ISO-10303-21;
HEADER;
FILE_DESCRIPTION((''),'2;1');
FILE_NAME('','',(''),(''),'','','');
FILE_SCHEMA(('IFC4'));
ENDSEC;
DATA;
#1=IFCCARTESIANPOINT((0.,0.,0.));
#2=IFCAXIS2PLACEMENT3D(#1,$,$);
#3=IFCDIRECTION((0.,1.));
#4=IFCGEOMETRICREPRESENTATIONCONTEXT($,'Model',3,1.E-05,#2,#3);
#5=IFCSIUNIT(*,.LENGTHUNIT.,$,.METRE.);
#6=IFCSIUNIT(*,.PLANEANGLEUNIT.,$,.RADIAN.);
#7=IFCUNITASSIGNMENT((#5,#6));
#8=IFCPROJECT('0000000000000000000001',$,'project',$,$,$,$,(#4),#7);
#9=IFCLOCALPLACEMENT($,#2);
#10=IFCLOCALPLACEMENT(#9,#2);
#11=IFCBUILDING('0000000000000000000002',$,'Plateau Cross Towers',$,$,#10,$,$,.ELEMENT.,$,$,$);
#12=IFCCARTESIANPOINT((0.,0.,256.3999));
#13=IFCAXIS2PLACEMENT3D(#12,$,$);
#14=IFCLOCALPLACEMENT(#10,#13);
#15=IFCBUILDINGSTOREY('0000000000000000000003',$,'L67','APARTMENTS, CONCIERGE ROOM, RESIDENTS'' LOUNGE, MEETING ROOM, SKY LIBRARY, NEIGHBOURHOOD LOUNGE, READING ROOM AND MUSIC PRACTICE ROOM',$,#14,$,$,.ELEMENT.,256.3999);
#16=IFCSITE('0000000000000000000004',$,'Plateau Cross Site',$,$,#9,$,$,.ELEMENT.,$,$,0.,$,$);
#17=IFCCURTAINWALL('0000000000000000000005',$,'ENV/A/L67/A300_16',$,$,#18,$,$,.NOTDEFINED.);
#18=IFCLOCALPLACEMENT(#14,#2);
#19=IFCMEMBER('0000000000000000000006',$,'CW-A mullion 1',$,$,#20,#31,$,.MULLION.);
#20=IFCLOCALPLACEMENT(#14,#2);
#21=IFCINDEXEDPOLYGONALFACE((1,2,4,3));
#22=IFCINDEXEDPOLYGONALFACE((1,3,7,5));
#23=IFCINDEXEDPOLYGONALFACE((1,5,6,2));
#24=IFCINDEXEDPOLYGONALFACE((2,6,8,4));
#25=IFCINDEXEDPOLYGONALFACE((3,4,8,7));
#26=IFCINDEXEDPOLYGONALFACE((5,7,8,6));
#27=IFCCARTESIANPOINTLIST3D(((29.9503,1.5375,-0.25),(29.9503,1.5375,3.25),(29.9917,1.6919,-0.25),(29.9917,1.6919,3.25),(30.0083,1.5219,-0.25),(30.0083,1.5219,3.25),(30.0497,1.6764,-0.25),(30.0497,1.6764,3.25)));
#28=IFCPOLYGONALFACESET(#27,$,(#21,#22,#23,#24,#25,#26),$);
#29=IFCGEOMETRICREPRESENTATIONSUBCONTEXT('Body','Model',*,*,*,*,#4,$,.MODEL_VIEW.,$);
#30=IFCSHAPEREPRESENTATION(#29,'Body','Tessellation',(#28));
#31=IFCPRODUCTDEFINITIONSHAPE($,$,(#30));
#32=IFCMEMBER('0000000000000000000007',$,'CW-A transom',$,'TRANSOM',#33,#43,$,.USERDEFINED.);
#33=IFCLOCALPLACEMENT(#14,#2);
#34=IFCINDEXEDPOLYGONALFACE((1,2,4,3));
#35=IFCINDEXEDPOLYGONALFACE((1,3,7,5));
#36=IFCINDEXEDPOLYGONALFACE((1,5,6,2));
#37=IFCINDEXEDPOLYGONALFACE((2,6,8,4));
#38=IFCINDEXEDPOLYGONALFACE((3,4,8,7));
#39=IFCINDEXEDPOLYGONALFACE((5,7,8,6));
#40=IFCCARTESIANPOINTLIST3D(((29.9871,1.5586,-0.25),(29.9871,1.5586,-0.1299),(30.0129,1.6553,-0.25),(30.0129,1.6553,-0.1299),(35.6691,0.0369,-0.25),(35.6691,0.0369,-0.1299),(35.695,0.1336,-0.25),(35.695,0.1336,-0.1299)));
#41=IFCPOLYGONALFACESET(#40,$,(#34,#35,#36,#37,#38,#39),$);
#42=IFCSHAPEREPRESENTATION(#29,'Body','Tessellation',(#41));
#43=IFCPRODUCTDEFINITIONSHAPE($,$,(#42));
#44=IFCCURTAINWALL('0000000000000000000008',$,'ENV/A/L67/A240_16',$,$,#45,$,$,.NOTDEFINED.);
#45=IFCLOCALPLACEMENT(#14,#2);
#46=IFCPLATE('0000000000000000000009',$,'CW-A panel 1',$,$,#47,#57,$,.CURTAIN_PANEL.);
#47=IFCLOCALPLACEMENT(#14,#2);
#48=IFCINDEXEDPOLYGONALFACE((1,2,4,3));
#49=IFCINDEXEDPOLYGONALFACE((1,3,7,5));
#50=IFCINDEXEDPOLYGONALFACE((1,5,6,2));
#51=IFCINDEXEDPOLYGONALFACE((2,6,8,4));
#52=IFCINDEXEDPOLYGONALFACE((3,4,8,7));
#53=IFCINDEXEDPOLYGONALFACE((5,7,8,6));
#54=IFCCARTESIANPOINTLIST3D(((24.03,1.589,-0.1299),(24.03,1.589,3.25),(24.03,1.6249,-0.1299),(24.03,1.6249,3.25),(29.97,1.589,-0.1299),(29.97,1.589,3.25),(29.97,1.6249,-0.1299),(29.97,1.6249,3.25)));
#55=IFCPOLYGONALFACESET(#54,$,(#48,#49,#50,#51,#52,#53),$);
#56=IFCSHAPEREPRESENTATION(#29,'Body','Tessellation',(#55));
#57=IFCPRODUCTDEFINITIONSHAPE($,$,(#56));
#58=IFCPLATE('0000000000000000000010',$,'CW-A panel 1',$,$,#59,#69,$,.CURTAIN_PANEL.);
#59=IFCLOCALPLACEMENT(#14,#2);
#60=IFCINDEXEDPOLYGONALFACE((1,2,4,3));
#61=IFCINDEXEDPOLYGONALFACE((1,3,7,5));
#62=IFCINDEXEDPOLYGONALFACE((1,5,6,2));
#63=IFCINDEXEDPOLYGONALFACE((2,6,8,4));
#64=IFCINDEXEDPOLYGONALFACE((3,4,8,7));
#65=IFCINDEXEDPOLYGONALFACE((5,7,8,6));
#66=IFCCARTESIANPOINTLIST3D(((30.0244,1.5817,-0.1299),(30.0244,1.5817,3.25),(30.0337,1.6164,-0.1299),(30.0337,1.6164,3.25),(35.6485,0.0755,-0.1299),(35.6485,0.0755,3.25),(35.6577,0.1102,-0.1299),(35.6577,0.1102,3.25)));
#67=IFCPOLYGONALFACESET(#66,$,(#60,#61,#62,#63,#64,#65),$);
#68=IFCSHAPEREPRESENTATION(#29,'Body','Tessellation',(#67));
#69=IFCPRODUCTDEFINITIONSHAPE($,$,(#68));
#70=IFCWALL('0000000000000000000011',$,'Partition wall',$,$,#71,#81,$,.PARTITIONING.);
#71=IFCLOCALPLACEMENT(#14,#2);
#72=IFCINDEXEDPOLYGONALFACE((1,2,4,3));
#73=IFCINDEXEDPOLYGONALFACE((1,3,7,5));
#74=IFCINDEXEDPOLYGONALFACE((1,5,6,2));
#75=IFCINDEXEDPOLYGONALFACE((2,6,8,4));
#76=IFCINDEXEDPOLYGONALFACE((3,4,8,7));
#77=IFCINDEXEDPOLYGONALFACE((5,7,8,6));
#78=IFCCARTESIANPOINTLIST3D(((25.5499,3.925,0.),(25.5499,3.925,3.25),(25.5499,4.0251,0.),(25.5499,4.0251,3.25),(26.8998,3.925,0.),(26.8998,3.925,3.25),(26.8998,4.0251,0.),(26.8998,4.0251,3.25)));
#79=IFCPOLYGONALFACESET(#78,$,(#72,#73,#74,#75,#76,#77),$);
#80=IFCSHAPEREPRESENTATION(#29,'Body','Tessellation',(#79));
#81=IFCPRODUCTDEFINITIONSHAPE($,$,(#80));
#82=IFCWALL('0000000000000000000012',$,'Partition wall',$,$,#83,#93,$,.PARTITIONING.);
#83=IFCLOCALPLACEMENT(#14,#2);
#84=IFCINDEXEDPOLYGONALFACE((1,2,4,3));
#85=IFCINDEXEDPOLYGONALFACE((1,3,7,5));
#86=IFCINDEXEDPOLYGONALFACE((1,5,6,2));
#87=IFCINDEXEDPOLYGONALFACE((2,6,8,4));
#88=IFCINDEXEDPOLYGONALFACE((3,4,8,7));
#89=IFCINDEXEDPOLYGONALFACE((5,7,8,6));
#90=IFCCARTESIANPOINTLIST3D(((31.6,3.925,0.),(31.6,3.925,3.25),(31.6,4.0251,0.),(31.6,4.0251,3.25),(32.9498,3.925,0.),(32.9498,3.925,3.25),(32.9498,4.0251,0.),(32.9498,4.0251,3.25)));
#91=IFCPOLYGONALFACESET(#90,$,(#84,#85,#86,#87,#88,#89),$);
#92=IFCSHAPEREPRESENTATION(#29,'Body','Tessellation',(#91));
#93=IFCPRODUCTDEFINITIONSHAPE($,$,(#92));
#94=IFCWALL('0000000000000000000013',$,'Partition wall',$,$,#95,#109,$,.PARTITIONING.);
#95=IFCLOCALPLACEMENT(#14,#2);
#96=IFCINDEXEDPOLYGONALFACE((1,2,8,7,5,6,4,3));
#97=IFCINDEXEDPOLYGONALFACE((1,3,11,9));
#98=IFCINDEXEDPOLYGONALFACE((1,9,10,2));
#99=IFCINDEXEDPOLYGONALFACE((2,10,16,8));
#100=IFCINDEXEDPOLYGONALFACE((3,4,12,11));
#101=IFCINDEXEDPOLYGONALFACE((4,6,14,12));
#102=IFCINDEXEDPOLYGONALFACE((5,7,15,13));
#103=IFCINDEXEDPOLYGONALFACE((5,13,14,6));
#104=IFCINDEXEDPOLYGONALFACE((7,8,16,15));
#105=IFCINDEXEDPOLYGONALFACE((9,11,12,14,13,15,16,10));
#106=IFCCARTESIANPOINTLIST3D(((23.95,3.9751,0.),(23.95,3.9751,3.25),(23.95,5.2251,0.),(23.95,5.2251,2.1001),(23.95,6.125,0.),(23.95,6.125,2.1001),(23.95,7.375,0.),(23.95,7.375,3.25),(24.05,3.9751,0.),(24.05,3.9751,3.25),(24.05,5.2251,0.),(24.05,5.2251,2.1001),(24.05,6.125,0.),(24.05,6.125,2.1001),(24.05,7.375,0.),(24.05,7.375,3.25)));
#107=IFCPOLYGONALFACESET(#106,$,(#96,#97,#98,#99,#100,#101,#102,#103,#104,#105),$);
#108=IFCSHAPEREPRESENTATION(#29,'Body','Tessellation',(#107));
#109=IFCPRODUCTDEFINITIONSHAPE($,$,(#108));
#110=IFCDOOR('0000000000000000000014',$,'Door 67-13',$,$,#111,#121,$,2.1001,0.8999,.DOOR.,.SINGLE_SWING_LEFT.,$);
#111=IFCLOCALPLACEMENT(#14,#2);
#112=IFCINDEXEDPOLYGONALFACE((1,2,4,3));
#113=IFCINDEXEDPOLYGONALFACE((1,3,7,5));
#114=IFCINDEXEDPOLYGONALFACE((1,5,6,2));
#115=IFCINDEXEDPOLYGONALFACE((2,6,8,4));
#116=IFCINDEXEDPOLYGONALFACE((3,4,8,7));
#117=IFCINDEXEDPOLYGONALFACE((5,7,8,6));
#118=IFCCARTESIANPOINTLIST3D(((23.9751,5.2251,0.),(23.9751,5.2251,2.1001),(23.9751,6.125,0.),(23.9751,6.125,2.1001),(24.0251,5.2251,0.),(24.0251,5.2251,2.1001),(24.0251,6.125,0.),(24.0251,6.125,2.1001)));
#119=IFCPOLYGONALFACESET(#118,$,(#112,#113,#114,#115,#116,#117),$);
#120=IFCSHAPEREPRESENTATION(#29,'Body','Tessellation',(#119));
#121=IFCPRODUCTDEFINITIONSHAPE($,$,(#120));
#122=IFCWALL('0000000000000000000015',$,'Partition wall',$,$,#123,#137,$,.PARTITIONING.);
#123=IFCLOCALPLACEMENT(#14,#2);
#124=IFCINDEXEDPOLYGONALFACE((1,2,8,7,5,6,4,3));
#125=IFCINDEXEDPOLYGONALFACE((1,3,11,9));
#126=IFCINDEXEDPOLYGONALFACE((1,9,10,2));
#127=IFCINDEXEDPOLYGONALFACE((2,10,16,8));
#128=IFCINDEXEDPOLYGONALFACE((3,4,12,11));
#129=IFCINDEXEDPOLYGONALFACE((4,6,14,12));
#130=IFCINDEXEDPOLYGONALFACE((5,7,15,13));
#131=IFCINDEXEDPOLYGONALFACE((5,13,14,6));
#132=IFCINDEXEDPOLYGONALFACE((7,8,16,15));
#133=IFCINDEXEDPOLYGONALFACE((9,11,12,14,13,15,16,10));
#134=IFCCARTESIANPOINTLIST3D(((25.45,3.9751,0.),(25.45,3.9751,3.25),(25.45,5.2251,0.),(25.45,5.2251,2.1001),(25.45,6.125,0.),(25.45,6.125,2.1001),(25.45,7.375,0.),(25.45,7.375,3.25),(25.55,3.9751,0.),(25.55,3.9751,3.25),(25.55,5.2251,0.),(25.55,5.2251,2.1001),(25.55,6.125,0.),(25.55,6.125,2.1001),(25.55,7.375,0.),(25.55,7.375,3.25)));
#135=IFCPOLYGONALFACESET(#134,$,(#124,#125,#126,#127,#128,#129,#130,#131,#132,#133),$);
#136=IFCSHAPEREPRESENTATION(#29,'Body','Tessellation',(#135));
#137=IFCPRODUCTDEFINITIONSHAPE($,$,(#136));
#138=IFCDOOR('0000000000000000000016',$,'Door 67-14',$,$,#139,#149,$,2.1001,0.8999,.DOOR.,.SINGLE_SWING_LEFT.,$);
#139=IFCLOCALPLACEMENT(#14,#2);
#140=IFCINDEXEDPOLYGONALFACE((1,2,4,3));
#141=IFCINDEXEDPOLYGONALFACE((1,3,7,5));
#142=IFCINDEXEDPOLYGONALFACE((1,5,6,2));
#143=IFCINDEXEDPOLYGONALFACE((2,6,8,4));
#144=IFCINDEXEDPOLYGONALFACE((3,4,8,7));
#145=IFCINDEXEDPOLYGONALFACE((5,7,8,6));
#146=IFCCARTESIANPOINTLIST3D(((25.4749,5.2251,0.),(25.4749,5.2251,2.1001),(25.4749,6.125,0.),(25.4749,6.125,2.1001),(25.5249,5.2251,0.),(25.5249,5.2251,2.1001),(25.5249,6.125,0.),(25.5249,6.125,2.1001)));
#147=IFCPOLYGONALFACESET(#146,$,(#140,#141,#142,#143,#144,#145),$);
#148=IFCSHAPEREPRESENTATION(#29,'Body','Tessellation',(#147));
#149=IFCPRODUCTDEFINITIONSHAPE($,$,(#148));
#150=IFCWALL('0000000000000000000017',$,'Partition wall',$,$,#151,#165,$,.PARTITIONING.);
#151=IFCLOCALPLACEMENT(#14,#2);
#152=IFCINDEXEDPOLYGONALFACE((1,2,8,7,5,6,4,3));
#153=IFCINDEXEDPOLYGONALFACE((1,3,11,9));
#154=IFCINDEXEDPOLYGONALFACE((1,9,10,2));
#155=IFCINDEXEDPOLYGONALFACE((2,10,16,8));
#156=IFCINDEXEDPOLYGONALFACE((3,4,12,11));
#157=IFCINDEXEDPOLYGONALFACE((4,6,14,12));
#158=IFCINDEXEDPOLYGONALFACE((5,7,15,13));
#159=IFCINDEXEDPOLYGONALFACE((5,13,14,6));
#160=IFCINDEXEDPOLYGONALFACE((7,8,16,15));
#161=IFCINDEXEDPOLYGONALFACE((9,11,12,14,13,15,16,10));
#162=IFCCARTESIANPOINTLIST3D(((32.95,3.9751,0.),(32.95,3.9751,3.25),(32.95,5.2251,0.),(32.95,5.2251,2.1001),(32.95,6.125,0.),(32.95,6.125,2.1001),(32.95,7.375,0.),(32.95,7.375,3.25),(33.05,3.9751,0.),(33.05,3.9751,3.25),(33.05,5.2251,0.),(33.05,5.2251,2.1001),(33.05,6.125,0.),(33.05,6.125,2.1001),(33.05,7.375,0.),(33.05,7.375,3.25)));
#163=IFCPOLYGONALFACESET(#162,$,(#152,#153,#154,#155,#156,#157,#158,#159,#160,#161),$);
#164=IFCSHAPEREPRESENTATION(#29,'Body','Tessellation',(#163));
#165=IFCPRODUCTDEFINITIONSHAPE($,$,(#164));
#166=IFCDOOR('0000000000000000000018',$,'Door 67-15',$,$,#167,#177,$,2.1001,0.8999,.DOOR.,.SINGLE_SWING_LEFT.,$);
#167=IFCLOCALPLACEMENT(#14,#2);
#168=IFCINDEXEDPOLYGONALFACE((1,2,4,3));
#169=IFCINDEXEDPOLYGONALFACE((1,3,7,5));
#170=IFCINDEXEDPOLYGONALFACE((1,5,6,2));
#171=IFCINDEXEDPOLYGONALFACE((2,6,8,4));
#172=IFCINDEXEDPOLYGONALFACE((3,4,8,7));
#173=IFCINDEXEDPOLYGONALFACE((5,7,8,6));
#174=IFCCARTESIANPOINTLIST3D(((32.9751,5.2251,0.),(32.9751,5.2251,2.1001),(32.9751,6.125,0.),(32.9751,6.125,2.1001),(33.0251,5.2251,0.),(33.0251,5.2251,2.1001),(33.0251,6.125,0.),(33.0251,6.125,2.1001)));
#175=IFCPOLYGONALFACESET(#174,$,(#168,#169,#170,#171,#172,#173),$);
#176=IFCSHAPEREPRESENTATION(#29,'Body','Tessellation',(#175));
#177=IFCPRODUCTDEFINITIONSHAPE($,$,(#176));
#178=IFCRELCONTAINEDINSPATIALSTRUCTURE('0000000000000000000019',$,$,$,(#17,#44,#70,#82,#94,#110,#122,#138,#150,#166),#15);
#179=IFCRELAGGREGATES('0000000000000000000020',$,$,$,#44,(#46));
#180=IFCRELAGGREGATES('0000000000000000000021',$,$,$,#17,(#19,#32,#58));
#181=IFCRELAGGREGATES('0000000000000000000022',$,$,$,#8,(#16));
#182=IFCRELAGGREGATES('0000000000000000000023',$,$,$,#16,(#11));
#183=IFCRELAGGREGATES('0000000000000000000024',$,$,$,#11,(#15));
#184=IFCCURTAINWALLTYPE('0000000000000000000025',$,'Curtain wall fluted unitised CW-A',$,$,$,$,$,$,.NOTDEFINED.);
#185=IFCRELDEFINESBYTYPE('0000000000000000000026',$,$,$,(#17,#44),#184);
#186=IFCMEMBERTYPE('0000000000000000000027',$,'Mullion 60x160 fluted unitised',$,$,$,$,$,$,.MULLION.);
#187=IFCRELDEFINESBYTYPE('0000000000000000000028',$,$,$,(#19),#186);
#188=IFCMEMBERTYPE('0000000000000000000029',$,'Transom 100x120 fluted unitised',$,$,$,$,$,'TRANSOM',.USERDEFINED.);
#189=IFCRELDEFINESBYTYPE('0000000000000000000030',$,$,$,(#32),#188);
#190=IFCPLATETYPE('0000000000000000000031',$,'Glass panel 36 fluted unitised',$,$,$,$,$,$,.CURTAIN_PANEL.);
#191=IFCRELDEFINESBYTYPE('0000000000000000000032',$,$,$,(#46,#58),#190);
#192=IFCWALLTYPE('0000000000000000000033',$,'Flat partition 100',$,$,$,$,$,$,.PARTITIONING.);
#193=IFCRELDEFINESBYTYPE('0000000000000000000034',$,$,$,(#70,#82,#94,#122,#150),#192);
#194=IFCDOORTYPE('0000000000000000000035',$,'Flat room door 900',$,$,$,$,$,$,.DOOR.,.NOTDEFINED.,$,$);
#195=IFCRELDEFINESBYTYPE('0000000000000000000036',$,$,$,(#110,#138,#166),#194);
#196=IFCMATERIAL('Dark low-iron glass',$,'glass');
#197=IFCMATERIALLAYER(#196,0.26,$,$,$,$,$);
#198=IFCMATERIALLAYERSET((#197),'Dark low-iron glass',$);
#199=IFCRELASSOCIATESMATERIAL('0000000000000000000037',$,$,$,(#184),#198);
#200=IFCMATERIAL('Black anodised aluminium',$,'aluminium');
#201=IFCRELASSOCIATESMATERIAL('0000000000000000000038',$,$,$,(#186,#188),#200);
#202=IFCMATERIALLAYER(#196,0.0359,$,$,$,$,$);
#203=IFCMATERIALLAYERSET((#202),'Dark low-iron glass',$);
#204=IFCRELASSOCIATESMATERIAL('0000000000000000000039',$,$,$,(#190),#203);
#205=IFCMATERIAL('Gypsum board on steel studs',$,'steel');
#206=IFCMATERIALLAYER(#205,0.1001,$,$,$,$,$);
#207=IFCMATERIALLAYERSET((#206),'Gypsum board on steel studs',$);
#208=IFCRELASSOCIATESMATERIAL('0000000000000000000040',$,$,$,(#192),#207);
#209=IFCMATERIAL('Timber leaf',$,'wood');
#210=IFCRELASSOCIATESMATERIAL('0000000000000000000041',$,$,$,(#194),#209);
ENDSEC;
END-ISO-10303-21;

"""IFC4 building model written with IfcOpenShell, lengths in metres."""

from ifc_helpers import new_model, si_unit, direction, frame, frame_2d, origin, origin_2d, place, context, subcontext, project, spatial, rectangle, extrude, material, layer, layer_set, material_profile, profile_set, type_object, element, fill, aggregate, save


model = new_model("IFC4")

# Units and contexts
model_context = context("Model", 3, precision=1e-05, world=origin(), true_north=direction((0.0, 1.0)))
body_context = subcontext(model_context, "Body", "Model", "MODEL_VIEW")
ifc_project = project(units=[si_unit("LENGTHUNIT", "METRE"), si_unit("PLANEANGLEUNIT", "RADIAN")], contexts=[model_context])

# Site, building, storey
site_placement = place(None, origin())
site = spatial("IfcSite", under=ifc_project, at=site_placement, Name="Plateau Cross Site", CompositionType="ELEMENT", RefElevation=0.0)
building_placement = place(site_placement, origin())
building = spatial("IfcBuilding", under=site, at=building_placement, Name="Plateau Cross Towers", CompositionType="ELEMENT")
storey_placement = place(building_placement, frame((0.0, 0.0, 256.3999)))
storey = spatial("IfcBuildingStorey", under=building, at=storey_placement, Name="L67", Description="APARTMENTS, CONCIERGE ROOM, RESIDENTS' LOUNGE, MEETING ROOM, SKY LIBRARY, NEIGHBOURHOOD LOUNGE, READING ROOM AND MUSIC PRACTICE ROOM", CompositionType="ELEMENT", Elevation=256.3999)

# Curtain wall, members
ifc_material_1 = material(Name="Dark low-iron glass", Category="glass")
ifc_layer_1 = layer(ifc_material_1, 0.26)
ifc_layer_set_1 = layer_set([ifc_layer_1], Name="Dark low-iron glass")
curtain_wall_type = type_object("IfcCurtainWallType", Name="Curtain wall fluted unitised CW-A", PredefinedType="NOTDEFINED", material=ifc_layer_set_1)
curtain_wall_1_placement = place(storey_placement, origin())
curtain_wall_1 = element("IfcCurtainWall", 1, at=curtain_wall_1_placement, inside=storey, type_object=curtain_wall_type, Name="ENV/A/L67/A300_16", PredefinedType="NOTDEFINED")
ifc_material_2 = material(Name="Black anodised aluminium", Category="aluminium")
ifc_material_profile_1 = material_profile(ifc_material_2, rectangle(XDim=0.0601, YDim=0.1599, at=origin_2d()), Name="MULLION 60x160")
ifc_profile_set_1 = profile_set([ifc_material_profile_1], Name="Black anodised aluminium")
member_type_1 = type_object("IfcMemberType", Name="Mullion 60x160 fluted unitised", PredefinedType="MULLION", material=ifc_profile_set_1)
member_1_placement = place(storey_placement, frame((30.0, 1.6069, -0.25), z_axis=(0.0, 0.0, 1.0), x_axis=(0.965958, -0.258699, 0.0)))
member_1 = element("IfcMember", 2, at=member_1_placement, type_object=member_type_1, Name="CW-A mullion 1", PredefinedType="MULLION", context=body_context, shape_type="SweptSolid", body=[
    extrude(rectangle(XDim=0.0601, YDim=0.1599, at=origin_2d()), origin(), (0.0, 0.0, 1.0), 3.5),
])
ifc_material_profile_2 = material_profile(ifc_material_2, rectangle(XDim=0.1001, YDim=0.1201, at=origin_2d()), Name="TRANSOM 100x120")
ifc_profile_set_2 = profile_set([ifc_material_profile_2], Name="Black anodised aluminium")
member_type_2 = type_object("IfcMemberType", Name="Transom 100x120 fluted unitised", ElementType="TRANSOM", PredefinedType="USERDEFINED", material=ifc_profile_set_2)
member_2_placement = place(storey_placement, frame((30.0, 1.6069, -0.1899), z_axis=(0.96596, -0.258693, 0.0), x_axis=(0.258693, 0.96596, 0.0)))
member_2 = element("IfcMember", 3, at=member_2_placement, type_object=member_type_2, Name="CW-A transom", ObjectType="TRANSOM", PredefinedType="USERDEFINED", context=body_context, shape_type="SweptSolid", body=[
    extrude(rectangle(XDim=0.1001, YDim=0.1201, at=origin_2d()), origin(), (0.0, 0.0, 1.0), 5.8823),
])

# Curtain wall, plate
curtain_wall_2_placement = place(storey_placement, origin())
curtain_wall_2 = element("IfcCurtainWall", 4, at=curtain_wall_2_placement, inside=storey, type_object=curtain_wall_type, Name="ENV/A/L67/A240_16", PredefinedType="NOTDEFINED")
ifc_layer_2 = layer(ifc_material_1, 0.0359)
ifc_layer_set_2 = layer_set([ifc_layer_2], Name="Dark low-iron glass")
plate_type = type_object("IfcPlateType", Name="Glass panel 36 fluted unitised", PredefinedType="CURTAIN_PANEL", material=ifc_layer_set_2)
plate_1_placement = place(storey_placement, frame((27.0, 1.6069, -0.1299), z_axis=(0.0, 0.0, 1.0), x_axis=(1.0, 0.0, 0.0)))
plate_1 = element("IfcPlate", 5, at=plate_1_placement, type_object=plate_type, Name="CW-A panel 1", PredefinedType="CURTAIN_PANEL", context=body_context, shape_type="SweptSolid", body=[
    extrude(rectangle(XDim=5.9399, YDim=0.0359, at=origin_2d()), origin(), (0.0, 0.0, 1.0), 3.3799),
])
aggregate(curtain_wall_2, [plate_1])

# Plate
plate_2_placement = place(storey_placement, frame((32.8411, 0.8459, -0.1299), z_axis=(0.0, 0.0, 1.0), x_axis=(0.965958, -0.258699, 0.0)))
plate_2 = element("IfcPlate", 6, at=plate_2_placement, type_object=plate_type, Name="CW-A panel 1", PredefinedType="CURTAIN_PANEL", context=body_context, shape_type="SweptSolid", body=[
    extrude(rectangle(XDim=5.8223, YDim=0.0359, at=origin_2d()), origin(), (0.0, 0.0, 1.0), 3.3799),
])
aggregate(curtain_wall_1, [member_1, member_2, plate_2])

# Walls
ifc_material_3 = material(Name="Gypsum board on steel studs", Category="steel")
ifc_layer_3 = layer(ifc_material_3, 0.1001)
ifc_layer_set_3 = layer_set([ifc_layer_3], Name="Gypsum board on steel studs")
wall_type_1 = type_object("IfcWallType", Name="Flat partition 100", PredefinedType="PARTITIONING", material=ifc_layer_set_3)
for number, where, z_axis, x_axis, name in (
    (7, (25.55, 3.9751, 0.0), (0.0, 0.0, 1.0), (1.0, 0.0, 0.0), "Partition wall"),
    (8, (31.6001, 3.9751, 0.0), (0.0, 0.0, 1.0), (1.0, 0.0, 0.0), "Partition wall"),
):
    element("IfcWall", number, at=place(storey_placement, frame(where, z_axis=z_axis, x_axis=x_axis)), inside=storey, type_object=wall_type_1, Name=name, PredefinedType="PARTITIONING", context=body_context, shape_type="SweptSolid", body=[
        extrude(rectangle(XDim=1.3499, YDim=0.1001, at=frame_2d((0.6748, 0.0))), origin(), (0.0, 0.0, 1.0), 3.25),
    ])

# Walls, openings, doors
wall_1_placement = place(storey_placement, frame((24.0, 3.9751, 0.0), z_axis=(0.0, 0.0, 1.0), x_axis=(0.0, 1.0, 0.0)))
wall_1 = element("IfcWall", 9, at=wall_1_placement, inside=storey, type_object=wall_type_1, Name="Partition wall", PredefinedType="PARTITIONING", context=body_context, shape_type="SweptSolid", body=[
    extrude(rectangle(XDim=3.3999, YDim=0.1001, at=frame_2d((1.7, 0.0))), origin(), (0.0, 0.0, 1.0), 3.25),
])
opening_1_placement = place(wall_1_placement, frame((1.25, 0.0, 0.0)))
opening_1 = element("IfcOpeningElement", 10, at=opening_1_placement, cuts=wall_1, PredefinedType="OPENING", context=body_context, shape_type="SweptSolid", body=[
    extrude(rectangle(XDim=0.8999, YDim=2.1001, at=frame_2d((0.45, 1.05))), frame((0.0, 0.0601, 0.0), z_axis=(0.0, -1.0, 0.0), x_axis=(1.0, 0.0, 0.0)), (0.0, 0.0, 1.0), 0.1201),
])
ifc_material_4 = material(Name="Timber leaf", Category="wood")
door_type_1 = type_object("IfcDoorType", Name="Flat room door 900", OperationType="NOTDEFINED", PredefinedType="DOOR", material=ifc_material_4)
door_1_placement = place(opening_1_placement, origin())
door_1 = element("IfcDoor", 11, at=door_1_placement, inside=storey, type_object=door_type_1, Name="Door 67-13", OperationType="SINGLE_SWING_LEFT", OverallHeight=2.1001, OverallWidth=0.8999, PredefinedType="DOOR", context=body_context, shape_type="SweptSolid", body=[
    extrude(rectangle(XDim=0.8999, YDim=2.1001, at=frame_2d((0.45, 1.05))), frame((0.0, 0.0249, 0.0), z_axis=(0.0, -1.0, 0.0), x_axis=(1.0, 0.0, 0.0)), (0.0, 0.0, 1.0), 0.05),
])
fill(opening_1, door_1)
wall_2_placement = place(storey_placement, frame((25.5, 7.375, 0.0), z_axis=(0.0, 0.0, 1.0), x_axis=(0.0, -1.0, 0.0)))
wall_2 = element("IfcWall", 12, at=wall_2_placement, inside=storey, type_object=wall_type_1, Name="Partition wall", PredefinedType="PARTITIONING", context=body_context, shape_type="SweptSolid", body=[
    extrude(rectangle(XDim=3.3999, YDim=0.1001, at=frame_2d((1.7, 0.0))), origin(), (0.0, 0.0, 1.0), 3.25),
])
opening_2_placement = place(wall_2_placement, frame((1.25, 0.0, 0.0)))
opening_2 = element("IfcOpeningElement", 13, at=opening_2_placement, cuts=wall_2, PredefinedType="OPENING", context=body_context, shape_type="SweptSolid", body=[
    extrude(rectangle(XDim=0.8999, YDim=2.1001, at=frame_2d((0.45, 1.05))), frame((0.0, 0.0601, 0.0), z_axis=(0.0, -1.0, 0.0), x_axis=(1.0, 0.0, 0.0)), (0.0, 0.0, 1.0), 0.1201),
])
door_2_placement = place(opening_2_placement, origin())
door_2 = element("IfcDoor", 14, at=door_2_placement, inside=storey, type_object=door_type_1, Name="Door 67-14", OperationType="SINGLE_SWING_LEFT", OverallHeight=2.1001, OverallWidth=0.8999, PredefinedType="DOOR", context=body_context, shape_type="SweptSolid", body=[
    extrude(rectangle(XDim=0.8999, YDim=2.1001, at=frame_2d((0.45, 1.05))), frame((0.0, 0.0249, 0.0), z_axis=(0.0, -1.0, 0.0), x_axis=(1.0, 0.0, 0.0)), (0.0, 0.0, 1.0), 0.05),
])
fill(opening_2, door_2)
wall_3_placement = place(storey_placement, frame((33.0, 3.9751, 0.0), z_axis=(0.0, 0.0, 1.0), x_axis=(0.0, 1.0, 0.0)))
wall_3 = element("IfcWall", 15, at=wall_3_placement, inside=storey, type_object=wall_type_1, Name="Partition wall", PredefinedType="PARTITIONING", context=body_context, shape_type="SweptSolid", body=[
    extrude(rectangle(XDim=3.3999, YDim=0.1001, at=frame_2d((1.7, 0.0))), origin(), (0.0, 0.0, 1.0), 3.25),
])
opening_3_placement = place(wall_3_placement, frame((1.25, 0.0, 0.0)))
opening_3 = element("IfcOpeningElement", 16, at=opening_3_placement, cuts=wall_3, PredefinedType="OPENING", context=body_context, shape_type="SweptSolid", body=[
    extrude(rectangle(XDim=0.8999, YDim=2.1001, at=frame_2d((0.45, 1.05))), frame((0.0, 0.0601, 0.0), z_axis=(0.0, -1.0, 0.0), x_axis=(1.0, 0.0, 0.0)), (0.0, 0.0, 1.0), 0.1201),
])
door_3_placement = place(opening_3_placement, origin())
door_3 = element("IfcDoor", 17, at=door_3_placement, inside=storey, type_object=door_type_1, Name="Door 67-15", OperationType="SINGLE_SWING_LEFT", OverallHeight=2.1001, OverallWidth=0.8999, PredefinedType="DOOR", context=body_context, shape_type="SweptSolid", body=[
    extrude(rectangle(XDim=0.8999, YDim=2.1001, at=frame_2d((0.45, 1.05))), frame((0.0, 0.0249, 0.0), z_axis=(0.0, -1.0, 0.0), x_axis=(1.0, 0.0, 0.0)), (0.0, 0.0, 1.0), 0.05),
])
fill(opening_3, door_3)

save(model, "model.ifc")
